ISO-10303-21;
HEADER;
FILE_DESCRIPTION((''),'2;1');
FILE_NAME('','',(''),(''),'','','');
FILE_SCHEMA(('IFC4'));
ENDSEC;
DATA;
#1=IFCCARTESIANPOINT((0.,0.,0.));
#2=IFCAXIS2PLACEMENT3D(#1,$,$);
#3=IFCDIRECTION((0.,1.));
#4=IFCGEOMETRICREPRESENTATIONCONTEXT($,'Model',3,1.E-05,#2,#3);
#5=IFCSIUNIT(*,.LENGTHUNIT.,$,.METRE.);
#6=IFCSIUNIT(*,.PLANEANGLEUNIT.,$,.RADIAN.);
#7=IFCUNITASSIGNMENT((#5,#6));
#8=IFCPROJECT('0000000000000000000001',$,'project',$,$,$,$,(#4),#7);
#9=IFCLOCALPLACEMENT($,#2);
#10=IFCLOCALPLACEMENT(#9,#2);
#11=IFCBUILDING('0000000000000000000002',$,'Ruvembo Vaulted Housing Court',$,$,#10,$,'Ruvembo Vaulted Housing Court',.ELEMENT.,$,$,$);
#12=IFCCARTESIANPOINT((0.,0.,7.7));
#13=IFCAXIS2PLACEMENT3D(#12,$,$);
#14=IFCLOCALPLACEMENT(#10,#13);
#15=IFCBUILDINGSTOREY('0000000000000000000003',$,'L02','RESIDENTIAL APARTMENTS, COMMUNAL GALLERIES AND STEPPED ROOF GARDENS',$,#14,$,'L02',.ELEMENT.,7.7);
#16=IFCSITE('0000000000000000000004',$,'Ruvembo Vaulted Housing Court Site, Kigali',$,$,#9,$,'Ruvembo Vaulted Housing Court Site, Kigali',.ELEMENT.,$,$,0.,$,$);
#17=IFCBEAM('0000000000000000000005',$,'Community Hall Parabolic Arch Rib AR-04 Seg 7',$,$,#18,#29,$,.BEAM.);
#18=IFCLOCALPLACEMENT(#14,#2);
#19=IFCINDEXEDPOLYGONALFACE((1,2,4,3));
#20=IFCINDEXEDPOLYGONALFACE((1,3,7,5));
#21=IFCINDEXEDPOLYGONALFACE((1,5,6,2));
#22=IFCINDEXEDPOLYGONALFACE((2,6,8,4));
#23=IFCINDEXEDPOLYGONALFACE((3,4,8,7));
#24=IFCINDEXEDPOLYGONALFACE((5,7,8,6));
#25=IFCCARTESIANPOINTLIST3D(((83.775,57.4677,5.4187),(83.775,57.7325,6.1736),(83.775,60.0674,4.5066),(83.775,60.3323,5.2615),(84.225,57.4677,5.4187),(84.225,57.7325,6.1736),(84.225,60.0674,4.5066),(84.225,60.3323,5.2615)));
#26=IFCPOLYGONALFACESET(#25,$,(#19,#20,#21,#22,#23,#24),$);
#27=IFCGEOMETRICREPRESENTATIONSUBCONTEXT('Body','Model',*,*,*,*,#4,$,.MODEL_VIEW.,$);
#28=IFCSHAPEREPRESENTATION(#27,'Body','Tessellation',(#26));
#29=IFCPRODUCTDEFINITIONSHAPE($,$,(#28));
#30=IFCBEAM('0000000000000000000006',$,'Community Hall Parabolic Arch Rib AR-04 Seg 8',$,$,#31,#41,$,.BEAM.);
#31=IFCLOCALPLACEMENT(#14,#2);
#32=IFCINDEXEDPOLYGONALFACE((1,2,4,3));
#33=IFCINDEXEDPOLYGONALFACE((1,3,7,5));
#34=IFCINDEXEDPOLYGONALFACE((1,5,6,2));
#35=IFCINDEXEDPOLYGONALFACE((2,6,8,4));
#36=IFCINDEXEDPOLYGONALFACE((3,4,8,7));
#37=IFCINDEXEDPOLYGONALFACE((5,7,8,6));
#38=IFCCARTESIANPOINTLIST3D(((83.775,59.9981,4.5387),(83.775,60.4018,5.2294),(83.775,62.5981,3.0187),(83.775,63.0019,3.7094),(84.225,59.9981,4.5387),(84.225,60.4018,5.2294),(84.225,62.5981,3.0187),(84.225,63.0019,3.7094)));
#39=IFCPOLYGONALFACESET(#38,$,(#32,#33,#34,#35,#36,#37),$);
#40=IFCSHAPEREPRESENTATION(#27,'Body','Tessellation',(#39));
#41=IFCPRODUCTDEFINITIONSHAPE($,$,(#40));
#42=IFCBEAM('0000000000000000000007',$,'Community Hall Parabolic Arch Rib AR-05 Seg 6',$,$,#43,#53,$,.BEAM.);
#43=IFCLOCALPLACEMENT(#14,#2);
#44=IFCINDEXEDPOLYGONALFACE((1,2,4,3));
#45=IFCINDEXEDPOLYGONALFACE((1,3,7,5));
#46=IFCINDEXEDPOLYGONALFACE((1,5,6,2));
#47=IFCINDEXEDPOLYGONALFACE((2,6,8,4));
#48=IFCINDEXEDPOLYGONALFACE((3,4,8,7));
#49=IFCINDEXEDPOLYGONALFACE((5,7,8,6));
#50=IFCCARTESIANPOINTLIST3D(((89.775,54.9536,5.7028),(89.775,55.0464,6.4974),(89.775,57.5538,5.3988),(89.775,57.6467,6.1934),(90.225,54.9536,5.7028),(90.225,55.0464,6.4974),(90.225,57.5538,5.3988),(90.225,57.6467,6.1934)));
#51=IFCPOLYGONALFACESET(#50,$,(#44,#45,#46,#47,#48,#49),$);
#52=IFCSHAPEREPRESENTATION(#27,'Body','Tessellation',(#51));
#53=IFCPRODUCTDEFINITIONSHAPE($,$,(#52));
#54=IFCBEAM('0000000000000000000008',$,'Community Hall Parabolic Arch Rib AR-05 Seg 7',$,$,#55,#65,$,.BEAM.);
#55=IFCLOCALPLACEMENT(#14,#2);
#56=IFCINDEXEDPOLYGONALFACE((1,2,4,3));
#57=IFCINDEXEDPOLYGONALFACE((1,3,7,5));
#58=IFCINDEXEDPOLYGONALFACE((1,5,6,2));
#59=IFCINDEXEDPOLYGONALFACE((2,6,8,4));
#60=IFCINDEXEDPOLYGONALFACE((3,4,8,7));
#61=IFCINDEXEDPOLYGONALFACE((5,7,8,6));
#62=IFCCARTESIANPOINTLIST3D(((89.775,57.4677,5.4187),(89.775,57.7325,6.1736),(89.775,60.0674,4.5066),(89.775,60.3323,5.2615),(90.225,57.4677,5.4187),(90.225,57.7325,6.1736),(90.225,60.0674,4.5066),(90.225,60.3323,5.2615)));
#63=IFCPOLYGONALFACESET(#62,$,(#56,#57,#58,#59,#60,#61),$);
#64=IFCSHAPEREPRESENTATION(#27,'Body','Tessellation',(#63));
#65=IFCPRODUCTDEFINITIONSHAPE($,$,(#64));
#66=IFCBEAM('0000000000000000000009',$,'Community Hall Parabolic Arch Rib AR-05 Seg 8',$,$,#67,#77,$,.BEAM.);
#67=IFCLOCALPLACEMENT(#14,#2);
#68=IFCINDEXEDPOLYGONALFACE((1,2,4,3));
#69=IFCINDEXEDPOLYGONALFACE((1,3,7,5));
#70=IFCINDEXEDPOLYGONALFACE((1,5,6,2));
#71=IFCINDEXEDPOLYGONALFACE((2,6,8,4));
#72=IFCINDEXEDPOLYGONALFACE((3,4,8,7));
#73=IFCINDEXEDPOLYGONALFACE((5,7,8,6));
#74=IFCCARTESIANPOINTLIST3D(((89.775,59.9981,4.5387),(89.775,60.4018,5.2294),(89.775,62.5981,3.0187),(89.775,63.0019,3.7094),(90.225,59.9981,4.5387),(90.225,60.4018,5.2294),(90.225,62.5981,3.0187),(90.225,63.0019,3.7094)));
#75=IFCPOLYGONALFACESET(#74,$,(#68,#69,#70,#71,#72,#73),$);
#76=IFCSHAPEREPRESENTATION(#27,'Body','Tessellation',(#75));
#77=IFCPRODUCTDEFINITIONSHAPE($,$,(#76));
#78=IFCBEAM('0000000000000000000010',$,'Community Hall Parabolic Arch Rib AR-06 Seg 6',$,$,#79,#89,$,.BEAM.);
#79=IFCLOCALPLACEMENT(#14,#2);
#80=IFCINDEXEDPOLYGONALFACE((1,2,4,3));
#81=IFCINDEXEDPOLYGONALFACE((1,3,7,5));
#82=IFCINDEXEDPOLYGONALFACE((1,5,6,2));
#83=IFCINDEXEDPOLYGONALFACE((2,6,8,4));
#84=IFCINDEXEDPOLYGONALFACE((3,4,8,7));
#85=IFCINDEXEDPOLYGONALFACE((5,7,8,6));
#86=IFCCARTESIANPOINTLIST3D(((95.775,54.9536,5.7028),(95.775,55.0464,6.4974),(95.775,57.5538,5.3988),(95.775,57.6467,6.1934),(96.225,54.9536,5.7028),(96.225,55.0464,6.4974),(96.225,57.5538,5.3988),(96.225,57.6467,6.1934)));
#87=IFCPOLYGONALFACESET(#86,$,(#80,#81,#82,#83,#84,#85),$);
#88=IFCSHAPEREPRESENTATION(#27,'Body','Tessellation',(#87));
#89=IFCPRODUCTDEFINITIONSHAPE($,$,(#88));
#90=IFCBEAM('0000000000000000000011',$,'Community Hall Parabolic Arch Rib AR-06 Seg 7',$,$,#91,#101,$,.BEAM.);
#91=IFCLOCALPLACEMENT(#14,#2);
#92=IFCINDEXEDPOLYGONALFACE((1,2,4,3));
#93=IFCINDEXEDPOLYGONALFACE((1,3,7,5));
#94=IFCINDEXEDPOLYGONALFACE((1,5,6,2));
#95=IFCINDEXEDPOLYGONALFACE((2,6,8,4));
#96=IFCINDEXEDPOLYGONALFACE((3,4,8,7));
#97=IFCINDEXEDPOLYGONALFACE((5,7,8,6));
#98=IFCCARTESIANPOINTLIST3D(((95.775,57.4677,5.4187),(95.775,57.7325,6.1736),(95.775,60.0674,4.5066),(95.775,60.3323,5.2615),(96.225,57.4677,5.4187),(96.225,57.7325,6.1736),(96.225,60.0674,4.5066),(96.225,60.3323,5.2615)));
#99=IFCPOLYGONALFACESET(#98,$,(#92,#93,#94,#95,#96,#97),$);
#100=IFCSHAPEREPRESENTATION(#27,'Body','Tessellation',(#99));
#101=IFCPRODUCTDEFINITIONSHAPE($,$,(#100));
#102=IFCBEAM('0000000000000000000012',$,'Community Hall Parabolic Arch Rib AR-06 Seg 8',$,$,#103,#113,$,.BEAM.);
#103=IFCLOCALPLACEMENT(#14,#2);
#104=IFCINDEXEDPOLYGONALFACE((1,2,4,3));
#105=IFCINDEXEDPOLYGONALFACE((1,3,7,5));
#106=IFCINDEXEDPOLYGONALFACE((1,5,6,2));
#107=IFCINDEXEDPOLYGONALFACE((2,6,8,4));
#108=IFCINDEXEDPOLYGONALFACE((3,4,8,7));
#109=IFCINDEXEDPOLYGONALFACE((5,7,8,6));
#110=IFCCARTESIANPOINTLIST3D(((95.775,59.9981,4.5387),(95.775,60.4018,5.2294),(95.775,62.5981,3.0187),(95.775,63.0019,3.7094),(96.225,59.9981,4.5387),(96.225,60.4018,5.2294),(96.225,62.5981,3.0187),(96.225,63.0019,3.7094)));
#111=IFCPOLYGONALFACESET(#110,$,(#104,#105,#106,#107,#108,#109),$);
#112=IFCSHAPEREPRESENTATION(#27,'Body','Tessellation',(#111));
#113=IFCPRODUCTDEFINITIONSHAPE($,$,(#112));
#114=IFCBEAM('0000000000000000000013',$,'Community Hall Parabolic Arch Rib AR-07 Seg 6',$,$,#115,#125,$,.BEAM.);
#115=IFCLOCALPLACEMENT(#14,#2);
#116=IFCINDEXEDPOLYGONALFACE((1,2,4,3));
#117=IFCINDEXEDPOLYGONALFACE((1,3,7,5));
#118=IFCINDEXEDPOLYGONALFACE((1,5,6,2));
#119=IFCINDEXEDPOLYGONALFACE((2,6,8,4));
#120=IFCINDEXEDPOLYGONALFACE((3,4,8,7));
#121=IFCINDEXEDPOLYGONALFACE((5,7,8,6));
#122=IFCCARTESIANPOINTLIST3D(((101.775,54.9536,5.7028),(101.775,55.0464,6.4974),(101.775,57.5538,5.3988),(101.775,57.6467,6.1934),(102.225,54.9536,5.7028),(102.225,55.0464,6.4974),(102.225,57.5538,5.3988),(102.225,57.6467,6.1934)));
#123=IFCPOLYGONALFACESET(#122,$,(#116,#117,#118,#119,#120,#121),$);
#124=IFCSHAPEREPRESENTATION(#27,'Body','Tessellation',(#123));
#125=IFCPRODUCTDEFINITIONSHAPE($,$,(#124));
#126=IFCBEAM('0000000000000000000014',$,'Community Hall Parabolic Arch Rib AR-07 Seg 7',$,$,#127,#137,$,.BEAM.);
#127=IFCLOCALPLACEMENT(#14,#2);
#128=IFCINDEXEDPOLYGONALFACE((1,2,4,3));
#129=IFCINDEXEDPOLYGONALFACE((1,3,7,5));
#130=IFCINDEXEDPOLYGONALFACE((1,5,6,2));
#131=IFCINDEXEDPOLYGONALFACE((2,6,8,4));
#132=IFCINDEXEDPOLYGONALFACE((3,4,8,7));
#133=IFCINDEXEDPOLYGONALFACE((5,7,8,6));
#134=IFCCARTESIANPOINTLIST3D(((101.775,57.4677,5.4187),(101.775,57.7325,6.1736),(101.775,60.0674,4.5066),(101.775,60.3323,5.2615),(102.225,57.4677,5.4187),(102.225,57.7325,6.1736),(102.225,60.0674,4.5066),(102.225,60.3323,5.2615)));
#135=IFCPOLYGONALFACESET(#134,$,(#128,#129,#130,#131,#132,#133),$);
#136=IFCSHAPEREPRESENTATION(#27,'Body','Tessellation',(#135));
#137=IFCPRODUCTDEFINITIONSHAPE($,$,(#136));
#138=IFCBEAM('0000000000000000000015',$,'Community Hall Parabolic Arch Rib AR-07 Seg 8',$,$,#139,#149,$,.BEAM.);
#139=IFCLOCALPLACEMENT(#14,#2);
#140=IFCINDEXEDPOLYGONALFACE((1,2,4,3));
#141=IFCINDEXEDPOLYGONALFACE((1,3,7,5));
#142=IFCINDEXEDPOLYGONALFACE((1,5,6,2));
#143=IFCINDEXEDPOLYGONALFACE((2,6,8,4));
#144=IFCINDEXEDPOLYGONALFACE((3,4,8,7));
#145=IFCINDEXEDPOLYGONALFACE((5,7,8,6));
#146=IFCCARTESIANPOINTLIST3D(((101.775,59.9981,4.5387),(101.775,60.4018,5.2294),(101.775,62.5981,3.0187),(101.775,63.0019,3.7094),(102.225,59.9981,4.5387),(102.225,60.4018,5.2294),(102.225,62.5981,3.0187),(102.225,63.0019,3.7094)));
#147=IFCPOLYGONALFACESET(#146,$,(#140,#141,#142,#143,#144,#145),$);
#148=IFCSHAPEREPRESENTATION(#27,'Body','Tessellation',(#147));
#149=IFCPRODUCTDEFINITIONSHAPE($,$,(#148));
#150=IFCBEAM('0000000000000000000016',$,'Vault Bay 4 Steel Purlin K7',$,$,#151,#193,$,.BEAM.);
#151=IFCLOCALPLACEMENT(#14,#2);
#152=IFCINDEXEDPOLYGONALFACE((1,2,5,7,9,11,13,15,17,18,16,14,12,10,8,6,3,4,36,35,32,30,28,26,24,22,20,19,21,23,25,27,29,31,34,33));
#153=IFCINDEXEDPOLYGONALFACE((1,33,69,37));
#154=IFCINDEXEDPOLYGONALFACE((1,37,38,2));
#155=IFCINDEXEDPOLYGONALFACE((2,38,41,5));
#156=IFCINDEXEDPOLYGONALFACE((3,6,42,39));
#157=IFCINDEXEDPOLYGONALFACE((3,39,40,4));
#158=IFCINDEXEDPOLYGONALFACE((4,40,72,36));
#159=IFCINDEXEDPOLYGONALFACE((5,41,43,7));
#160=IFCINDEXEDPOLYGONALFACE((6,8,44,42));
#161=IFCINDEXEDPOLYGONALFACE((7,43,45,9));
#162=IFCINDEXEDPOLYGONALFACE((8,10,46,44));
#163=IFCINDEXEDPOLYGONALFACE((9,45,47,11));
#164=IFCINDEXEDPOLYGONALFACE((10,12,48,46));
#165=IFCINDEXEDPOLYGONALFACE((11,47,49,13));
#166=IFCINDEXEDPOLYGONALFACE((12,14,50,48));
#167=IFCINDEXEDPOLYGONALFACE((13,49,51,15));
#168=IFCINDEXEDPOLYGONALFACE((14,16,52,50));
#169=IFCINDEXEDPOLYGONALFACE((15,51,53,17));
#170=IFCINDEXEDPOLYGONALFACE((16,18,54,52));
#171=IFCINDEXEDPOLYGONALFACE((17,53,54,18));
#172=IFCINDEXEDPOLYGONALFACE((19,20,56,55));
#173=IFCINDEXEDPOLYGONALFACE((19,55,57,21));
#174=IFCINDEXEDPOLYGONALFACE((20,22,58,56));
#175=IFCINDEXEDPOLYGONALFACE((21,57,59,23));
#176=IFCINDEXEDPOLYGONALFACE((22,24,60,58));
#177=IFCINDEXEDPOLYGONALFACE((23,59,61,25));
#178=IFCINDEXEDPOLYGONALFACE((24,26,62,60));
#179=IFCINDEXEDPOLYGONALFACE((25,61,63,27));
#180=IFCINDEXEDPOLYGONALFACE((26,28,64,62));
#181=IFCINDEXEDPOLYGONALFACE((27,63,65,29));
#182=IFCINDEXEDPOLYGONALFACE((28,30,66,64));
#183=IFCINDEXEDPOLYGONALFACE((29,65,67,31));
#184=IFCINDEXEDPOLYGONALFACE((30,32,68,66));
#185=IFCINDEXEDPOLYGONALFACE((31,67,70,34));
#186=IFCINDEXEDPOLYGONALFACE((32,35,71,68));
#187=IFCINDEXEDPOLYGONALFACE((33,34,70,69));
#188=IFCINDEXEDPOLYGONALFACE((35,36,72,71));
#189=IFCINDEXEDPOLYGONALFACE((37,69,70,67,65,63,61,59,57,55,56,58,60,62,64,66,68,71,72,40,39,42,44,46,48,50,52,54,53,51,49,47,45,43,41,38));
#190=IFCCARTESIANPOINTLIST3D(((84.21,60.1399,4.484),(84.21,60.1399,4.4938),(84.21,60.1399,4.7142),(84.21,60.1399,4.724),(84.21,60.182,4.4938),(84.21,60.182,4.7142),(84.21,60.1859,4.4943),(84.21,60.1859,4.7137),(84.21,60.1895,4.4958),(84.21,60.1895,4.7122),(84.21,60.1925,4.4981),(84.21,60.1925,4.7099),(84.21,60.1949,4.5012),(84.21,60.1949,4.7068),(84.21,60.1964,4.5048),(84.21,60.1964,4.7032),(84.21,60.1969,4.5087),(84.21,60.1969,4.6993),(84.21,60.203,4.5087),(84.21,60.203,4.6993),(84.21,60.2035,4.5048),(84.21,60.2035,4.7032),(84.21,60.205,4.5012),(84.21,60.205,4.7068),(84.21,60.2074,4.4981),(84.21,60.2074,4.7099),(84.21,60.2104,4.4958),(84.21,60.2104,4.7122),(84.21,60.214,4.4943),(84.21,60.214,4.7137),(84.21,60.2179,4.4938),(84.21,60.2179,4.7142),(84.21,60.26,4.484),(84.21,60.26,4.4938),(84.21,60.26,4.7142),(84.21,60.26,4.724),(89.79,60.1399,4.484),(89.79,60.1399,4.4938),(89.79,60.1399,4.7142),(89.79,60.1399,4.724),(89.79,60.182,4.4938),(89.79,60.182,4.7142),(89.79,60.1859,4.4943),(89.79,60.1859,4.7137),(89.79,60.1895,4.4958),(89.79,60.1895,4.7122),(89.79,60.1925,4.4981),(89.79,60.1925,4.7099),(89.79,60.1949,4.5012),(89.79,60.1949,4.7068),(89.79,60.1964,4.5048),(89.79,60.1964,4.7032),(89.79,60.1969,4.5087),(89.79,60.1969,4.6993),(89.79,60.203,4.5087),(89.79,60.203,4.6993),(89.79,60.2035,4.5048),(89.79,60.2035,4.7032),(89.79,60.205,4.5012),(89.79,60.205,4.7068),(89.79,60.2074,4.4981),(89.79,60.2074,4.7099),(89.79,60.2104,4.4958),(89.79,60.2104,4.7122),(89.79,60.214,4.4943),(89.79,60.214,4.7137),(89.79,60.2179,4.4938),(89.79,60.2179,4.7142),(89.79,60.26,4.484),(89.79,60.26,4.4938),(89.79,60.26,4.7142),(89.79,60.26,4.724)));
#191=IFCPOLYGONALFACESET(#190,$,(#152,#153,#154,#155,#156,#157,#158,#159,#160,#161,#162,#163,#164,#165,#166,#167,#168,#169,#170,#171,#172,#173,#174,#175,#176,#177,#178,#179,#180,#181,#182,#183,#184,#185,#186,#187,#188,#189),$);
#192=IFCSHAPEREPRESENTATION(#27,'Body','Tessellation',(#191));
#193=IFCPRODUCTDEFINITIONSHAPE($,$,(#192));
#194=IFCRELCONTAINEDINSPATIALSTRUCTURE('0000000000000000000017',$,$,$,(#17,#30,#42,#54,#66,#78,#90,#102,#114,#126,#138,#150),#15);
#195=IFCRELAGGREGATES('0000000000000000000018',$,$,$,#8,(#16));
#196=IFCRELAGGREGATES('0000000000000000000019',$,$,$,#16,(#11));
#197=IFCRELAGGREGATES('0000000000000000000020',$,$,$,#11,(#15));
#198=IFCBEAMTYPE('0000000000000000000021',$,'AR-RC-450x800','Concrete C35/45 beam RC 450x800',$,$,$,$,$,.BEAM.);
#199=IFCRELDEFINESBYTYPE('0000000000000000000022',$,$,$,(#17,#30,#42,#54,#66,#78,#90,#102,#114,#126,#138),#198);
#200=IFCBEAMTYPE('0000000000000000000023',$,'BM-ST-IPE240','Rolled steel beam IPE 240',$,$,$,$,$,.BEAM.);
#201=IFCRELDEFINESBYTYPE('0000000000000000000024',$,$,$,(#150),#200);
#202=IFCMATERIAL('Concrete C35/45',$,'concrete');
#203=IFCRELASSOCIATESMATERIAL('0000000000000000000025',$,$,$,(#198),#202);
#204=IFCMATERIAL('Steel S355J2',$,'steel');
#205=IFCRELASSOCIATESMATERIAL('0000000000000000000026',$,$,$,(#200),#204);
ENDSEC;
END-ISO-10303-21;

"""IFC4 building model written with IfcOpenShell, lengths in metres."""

from ifc_helpers import new_model, si_unit, direction, frame, origin, origin_2d, place, context, subcontext, project, spatial, rectangle, i_section, extrude, material, material_profile, profile_set, type_object, element, save


model = new_model("IFC4")

# Units and contexts
model_context = context("Model", 3, precision=1e-05, world=origin(), true_north=direction((0.0, 1.0)))
body_context = subcontext(model_context, "Body", "Model", "MODEL_VIEW")
ifc_project = project(units=[si_unit("LENGTHUNIT", "METRE"), si_unit("PLANEANGLEUNIT", "RADIAN")], contexts=[model_context])

# Site, building, storey
site_placement = place(None, origin())
site = spatial("IfcSite", under=ifc_project, at=site_placement, Name="Ruvembo Vaulted Housing Court Site, Kigali", LongName="Ruvembo Vaulted Housing Court Site, Kigali", CompositionType="ELEMENT", RefElevation=0.0)
building_placement = place(site_placement, origin())
building = spatial("IfcBuilding", under=site, at=building_placement, Name="Ruvembo Vaulted Housing Court", LongName="Ruvembo Vaulted Housing Court", CompositionType="ELEMENT")
storey_placement = place(building_placement, frame((0.0, 0.0, 7.7)))
storey = spatial("IfcBuildingStorey", under=building, at=storey_placement, Name="L02", Description="RESIDENTIAL APARTMENTS, COMMUNAL GALLERIES AND STEPPED ROOF GARDENS", LongName="L02", CompositionType="ELEMENT", Elevation=7.7)

# Beams
ifc_material_1 = material(Name="Concrete C35/45", Category="concrete")
ifc_material_profile_1 = material_profile(ifc_material_1, rectangle(XDim=0.45, YDim=0.8, at=origin_2d()), Name="RC 450x800")
ifc_profile_set_1 = profile_set([ifc_material_profile_1], Name="Concrete C35/45")
beam_type_1 = type_object("IfcBeamType", Name="AR-RC-450x800", Description="Concrete C35/45 beam RC 450x800", PredefinedType="BEAM", material=ifc_profile_set_1)
beam_1_placement = place(storey_placement, frame((84.0, 57.6001, 5.7961), z_axis=(0.0, 0.943614, -0.331049), x_axis=(-1.0, 0.0, 0.0)))
element("IfcBeam", 1, at=beam_1_placement, inside=storey, type_object=beam_type_1, Name="Community Hall Parabolic Arch Rib AR-04 Seg 7", PredefinedType="BEAM", context=body_context, shape_type="SweptSolid", body=[
    extrude(rectangle(XDim=0.45, YDim=0.8, at=origin_2d()), origin(), (0.0, 0.0, 1.0), 2.7551),
])
beam_2_placement = place(storey_placement, frame((84.0, 60.2, 4.884), z_axis=(0.0, 0.863302, -0.504687), x_axis=(-1.0, 0.0, 0.0)))
element("IfcBeam", 2, at=beam_2_placement, inside=storey, type_object=beam_type_1, Name="Community Hall Parabolic Arch Rib AR-04 Seg 8", PredefinedType="BEAM", context=body_context, shape_type="SweptSolid", body=[
    extrude(rectangle(XDim=0.45, YDim=0.8, at=origin_2d()), origin(), (0.0, 0.0, 1.0), 3.0117),
])
beam_3_placement = place(storey_placement, frame((90.0, 55.0, 6.1001), z_axis=(0.0, 0.993236, -0.116111), x_axis=(-1.0, 0.0, 0.0)))
element("IfcBeam", 3, at=beam_3_placement, inside=storey, type_object=beam_type_1, Name="Community Hall Parabolic Arch Rib AR-05 Seg 6", PredefinedType="BEAM", context=body_context, shape_type="SweptSolid", body=[
    extrude(rectangle(XDim=0.45, YDim=0.8, at=origin_2d()), origin(), (0.0, 0.0, 1.0), 2.6179),
])
beam_4_placement = place(storey_placement, frame((90.0, 57.6001, 5.7961), z_axis=(0.0, 0.943614, -0.331049), x_axis=(-1.0, 0.0, 0.0)))
element("IfcBeam", 4, at=beam_4_placement, inside=storey, type_object=beam_type_1, Name="Community Hall Parabolic Arch Rib AR-05 Seg 7", PredefinedType="BEAM", context=body_context, shape_type="SweptSolid", body=[
    extrude(rectangle(XDim=0.45, YDim=0.8, at=origin_2d()), origin(), (0.0, 0.0, 1.0), 2.7551),
])
beam_5_placement = place(storey_placement, frame((90.0, 60.2, 4.884), z_axis=(0.0, 0.863302, -0.504687), x_axis=(-1.0, 0.0, 0.0)))
element("IfcBeam", 5, at=beam_5_placement, inside=storey, type_object=beam_type_1, Name="Community Hall Parabolic Arch Rib AR-05 Seg 8", PredefinedType="BEAM", context=body_context, shape_type="SweptSolid", body=[
    extrude(rectangle(XDim=0.45, YDim=0.8, at=origin_2d()), origin(), (0.0, 0.0, 1.0), 3.0117),
])
beam_6_placement = place(storey_placement, frame((96.0, 55.0, 6.1001), z_axis=(0.0, 0.993236, -0.116111), x_axis=(-1.0, 0.0, 0.0)))
element("IfcBeam", 6, at=beam_6_placement, inside=storey, type_object=beam_type_1, Name="Community Hall Parabolic Arch Rib AR-06 Seg 6", PredefinedType="BEAM", context=body_context, shape_type="SweptSolid", body=[
    extrude(rectangle(XDim=0.45, YDim=0.8, at=origin_2d()), origin(), (0.0, 0.0, 1.0), 2.6179),
])
beam_7_placement = place(storey_placement, frame((96.0, 57.6001, 5.7961), z_axis=(0.0, 0.943614, -0.331049), x_axis=(-1.0, 0.0, 0.0)))
element("IfcBeam", 7, at=beam_7_placement, inside=storey, type_object=beam_type_1, Name="Community Hall Parabolic Arch Rib AR-06 Seg 7", PredefinedType="BEAM", context=body_context, shape_type="SweptSolid", body=[
    extrude(rectangle(XDim=0.45, YDim=0.8, at=origin_2d()), origin(), (0.0, 0.0, 1.0), 2.7551),
])
beam_8_placement = place(storey_placement, frame((96.0, 60.2, 4.884), z_axis=(0.0, 0.863302, -0.504687), x_axis=(-1.0, 0.0, 0.0)))
element("IfcBeam", 8, at=beam_8_placement, inside=storey, type_object=beam_type_1, Name="Community Hall Parabolic Arch Rib AR-06 Seg 8", PredefinedType="BEAM", context=body_context, shape_type="SweptSolid", body=[
    extrude(rectangle(XDim=0.45, YDim=0.8, at=origin_2d()), origin(), (0.0, 0.0, 1.0), 3.0117),
])
beam_9_placement = place(storey_placement, frame((102.0, 55.0, 6.1001), z_axis=(0.0, 0.993236, -0.116111), x_axis=(-1.0, 0.0, 0.0)))
element("IfcBeam", 9, at=beam_9_placement, inside=storey, type_object=beam_type_1, Name="Community Hall Parabolic Arch Rib AR-07 Seg 6", PredefinedType="BEAM", context=body_context, shape_type="SweptSolid", body=[
    extrude(rectangle(XDim=0.45, YDim=0.8, at=origin_2d()), origin(), (0.0, 0.0, 1.0), 2.6179),
])
beam_10_placement = place(storey_placement, frame((102.0, 57.6001, 5.7961), z_axis=(0.0, 0.943614, -0.331049), x_axis=(-1.0, 0.0, 0.0)))
element("IfcBeam", 10, at=beam_10_placement, inside=storey, type_object=beam_type_1, Name="Community Hall Parabolic Arch Rib AR-07 Seg 7", PredefinedType="BEAM", context=body_context, shape_type="SweptSolid", body=[
    extrude(rectangle(XDim=0.45, YDim=0.8, at=origin_2d()), origin(), (0.0, 0.0, 1.0), 2.7551),
])
beam_11_placement = place(storey_placement, frame((102.0, 60.2, 4.884), z_axis=(0.0, 0.863302, -0.504687), x_axis=(-1.0, 0.0, 0.0)))
element("IfcBeam", 11, at=beam_11_placement, inside=storey, type_object=beam_type_1, Name="Community Hall Parabolic Arch Rib AR-07 Seg 8", PredefinedType="BEAM", context=body_context, shape_type="SweptSolid", body=[
    extrude(rectangle(XDim=0.45, YDim=0.8, at=origin_2d()), origin(), (0.0, 0.0, 1.0), 3.0117),
])
ifc_material_2 = material(Name="Steel S355J2", Category="steel")
ifc_material_profile_2 = material_profile(ifc_material_2, i_section(OverallWidth=0.1201, OverallDepth=0.24, WebThickness=0.0061, FlangeThickness=0.0098, FilletRadius=0.0149, at=origin_2d()), Name="IPE 240")
ifc_profile_set_2 = profile_set([ifc_material_profile_2], Name="Steel S355J2")
beam_type_2 = type_object("IfcBeamType", Name="BM-ST-IPE240", Description="Rolled steel beam IPE 240", PredefinedType="BEAM", material=ifc_profile_set_2)
for number, where, z_axis, x_axis, name in (
    (12, (84.21, 60.2, 4.604), (1.0, 0.0, 0.0), (0.0, 1.0, 0.0), "Vault Bay 4 Steel Purlin K7"),
):
    element("IfcBeam", number, at=place(storey_placement, frame(where, z_axis=z_axis, x_axis=x_axis)), inside=storey, type_object=beam_type_2, Name=name, PredefinedType="BEAM", context=body_context, shape_type="SweptSolid", body=[
        extrude(i_section(OverallWidth=0.1201, OverallDepth=0.24, WebThickness=0.0061, FlangeThickness=0.0098, FilletRadius=0.0149, at=origin_2d()), origin(), (0.0, 0.0, 1.0), 5.5801),
    ])

save(model, "model.ifc")
